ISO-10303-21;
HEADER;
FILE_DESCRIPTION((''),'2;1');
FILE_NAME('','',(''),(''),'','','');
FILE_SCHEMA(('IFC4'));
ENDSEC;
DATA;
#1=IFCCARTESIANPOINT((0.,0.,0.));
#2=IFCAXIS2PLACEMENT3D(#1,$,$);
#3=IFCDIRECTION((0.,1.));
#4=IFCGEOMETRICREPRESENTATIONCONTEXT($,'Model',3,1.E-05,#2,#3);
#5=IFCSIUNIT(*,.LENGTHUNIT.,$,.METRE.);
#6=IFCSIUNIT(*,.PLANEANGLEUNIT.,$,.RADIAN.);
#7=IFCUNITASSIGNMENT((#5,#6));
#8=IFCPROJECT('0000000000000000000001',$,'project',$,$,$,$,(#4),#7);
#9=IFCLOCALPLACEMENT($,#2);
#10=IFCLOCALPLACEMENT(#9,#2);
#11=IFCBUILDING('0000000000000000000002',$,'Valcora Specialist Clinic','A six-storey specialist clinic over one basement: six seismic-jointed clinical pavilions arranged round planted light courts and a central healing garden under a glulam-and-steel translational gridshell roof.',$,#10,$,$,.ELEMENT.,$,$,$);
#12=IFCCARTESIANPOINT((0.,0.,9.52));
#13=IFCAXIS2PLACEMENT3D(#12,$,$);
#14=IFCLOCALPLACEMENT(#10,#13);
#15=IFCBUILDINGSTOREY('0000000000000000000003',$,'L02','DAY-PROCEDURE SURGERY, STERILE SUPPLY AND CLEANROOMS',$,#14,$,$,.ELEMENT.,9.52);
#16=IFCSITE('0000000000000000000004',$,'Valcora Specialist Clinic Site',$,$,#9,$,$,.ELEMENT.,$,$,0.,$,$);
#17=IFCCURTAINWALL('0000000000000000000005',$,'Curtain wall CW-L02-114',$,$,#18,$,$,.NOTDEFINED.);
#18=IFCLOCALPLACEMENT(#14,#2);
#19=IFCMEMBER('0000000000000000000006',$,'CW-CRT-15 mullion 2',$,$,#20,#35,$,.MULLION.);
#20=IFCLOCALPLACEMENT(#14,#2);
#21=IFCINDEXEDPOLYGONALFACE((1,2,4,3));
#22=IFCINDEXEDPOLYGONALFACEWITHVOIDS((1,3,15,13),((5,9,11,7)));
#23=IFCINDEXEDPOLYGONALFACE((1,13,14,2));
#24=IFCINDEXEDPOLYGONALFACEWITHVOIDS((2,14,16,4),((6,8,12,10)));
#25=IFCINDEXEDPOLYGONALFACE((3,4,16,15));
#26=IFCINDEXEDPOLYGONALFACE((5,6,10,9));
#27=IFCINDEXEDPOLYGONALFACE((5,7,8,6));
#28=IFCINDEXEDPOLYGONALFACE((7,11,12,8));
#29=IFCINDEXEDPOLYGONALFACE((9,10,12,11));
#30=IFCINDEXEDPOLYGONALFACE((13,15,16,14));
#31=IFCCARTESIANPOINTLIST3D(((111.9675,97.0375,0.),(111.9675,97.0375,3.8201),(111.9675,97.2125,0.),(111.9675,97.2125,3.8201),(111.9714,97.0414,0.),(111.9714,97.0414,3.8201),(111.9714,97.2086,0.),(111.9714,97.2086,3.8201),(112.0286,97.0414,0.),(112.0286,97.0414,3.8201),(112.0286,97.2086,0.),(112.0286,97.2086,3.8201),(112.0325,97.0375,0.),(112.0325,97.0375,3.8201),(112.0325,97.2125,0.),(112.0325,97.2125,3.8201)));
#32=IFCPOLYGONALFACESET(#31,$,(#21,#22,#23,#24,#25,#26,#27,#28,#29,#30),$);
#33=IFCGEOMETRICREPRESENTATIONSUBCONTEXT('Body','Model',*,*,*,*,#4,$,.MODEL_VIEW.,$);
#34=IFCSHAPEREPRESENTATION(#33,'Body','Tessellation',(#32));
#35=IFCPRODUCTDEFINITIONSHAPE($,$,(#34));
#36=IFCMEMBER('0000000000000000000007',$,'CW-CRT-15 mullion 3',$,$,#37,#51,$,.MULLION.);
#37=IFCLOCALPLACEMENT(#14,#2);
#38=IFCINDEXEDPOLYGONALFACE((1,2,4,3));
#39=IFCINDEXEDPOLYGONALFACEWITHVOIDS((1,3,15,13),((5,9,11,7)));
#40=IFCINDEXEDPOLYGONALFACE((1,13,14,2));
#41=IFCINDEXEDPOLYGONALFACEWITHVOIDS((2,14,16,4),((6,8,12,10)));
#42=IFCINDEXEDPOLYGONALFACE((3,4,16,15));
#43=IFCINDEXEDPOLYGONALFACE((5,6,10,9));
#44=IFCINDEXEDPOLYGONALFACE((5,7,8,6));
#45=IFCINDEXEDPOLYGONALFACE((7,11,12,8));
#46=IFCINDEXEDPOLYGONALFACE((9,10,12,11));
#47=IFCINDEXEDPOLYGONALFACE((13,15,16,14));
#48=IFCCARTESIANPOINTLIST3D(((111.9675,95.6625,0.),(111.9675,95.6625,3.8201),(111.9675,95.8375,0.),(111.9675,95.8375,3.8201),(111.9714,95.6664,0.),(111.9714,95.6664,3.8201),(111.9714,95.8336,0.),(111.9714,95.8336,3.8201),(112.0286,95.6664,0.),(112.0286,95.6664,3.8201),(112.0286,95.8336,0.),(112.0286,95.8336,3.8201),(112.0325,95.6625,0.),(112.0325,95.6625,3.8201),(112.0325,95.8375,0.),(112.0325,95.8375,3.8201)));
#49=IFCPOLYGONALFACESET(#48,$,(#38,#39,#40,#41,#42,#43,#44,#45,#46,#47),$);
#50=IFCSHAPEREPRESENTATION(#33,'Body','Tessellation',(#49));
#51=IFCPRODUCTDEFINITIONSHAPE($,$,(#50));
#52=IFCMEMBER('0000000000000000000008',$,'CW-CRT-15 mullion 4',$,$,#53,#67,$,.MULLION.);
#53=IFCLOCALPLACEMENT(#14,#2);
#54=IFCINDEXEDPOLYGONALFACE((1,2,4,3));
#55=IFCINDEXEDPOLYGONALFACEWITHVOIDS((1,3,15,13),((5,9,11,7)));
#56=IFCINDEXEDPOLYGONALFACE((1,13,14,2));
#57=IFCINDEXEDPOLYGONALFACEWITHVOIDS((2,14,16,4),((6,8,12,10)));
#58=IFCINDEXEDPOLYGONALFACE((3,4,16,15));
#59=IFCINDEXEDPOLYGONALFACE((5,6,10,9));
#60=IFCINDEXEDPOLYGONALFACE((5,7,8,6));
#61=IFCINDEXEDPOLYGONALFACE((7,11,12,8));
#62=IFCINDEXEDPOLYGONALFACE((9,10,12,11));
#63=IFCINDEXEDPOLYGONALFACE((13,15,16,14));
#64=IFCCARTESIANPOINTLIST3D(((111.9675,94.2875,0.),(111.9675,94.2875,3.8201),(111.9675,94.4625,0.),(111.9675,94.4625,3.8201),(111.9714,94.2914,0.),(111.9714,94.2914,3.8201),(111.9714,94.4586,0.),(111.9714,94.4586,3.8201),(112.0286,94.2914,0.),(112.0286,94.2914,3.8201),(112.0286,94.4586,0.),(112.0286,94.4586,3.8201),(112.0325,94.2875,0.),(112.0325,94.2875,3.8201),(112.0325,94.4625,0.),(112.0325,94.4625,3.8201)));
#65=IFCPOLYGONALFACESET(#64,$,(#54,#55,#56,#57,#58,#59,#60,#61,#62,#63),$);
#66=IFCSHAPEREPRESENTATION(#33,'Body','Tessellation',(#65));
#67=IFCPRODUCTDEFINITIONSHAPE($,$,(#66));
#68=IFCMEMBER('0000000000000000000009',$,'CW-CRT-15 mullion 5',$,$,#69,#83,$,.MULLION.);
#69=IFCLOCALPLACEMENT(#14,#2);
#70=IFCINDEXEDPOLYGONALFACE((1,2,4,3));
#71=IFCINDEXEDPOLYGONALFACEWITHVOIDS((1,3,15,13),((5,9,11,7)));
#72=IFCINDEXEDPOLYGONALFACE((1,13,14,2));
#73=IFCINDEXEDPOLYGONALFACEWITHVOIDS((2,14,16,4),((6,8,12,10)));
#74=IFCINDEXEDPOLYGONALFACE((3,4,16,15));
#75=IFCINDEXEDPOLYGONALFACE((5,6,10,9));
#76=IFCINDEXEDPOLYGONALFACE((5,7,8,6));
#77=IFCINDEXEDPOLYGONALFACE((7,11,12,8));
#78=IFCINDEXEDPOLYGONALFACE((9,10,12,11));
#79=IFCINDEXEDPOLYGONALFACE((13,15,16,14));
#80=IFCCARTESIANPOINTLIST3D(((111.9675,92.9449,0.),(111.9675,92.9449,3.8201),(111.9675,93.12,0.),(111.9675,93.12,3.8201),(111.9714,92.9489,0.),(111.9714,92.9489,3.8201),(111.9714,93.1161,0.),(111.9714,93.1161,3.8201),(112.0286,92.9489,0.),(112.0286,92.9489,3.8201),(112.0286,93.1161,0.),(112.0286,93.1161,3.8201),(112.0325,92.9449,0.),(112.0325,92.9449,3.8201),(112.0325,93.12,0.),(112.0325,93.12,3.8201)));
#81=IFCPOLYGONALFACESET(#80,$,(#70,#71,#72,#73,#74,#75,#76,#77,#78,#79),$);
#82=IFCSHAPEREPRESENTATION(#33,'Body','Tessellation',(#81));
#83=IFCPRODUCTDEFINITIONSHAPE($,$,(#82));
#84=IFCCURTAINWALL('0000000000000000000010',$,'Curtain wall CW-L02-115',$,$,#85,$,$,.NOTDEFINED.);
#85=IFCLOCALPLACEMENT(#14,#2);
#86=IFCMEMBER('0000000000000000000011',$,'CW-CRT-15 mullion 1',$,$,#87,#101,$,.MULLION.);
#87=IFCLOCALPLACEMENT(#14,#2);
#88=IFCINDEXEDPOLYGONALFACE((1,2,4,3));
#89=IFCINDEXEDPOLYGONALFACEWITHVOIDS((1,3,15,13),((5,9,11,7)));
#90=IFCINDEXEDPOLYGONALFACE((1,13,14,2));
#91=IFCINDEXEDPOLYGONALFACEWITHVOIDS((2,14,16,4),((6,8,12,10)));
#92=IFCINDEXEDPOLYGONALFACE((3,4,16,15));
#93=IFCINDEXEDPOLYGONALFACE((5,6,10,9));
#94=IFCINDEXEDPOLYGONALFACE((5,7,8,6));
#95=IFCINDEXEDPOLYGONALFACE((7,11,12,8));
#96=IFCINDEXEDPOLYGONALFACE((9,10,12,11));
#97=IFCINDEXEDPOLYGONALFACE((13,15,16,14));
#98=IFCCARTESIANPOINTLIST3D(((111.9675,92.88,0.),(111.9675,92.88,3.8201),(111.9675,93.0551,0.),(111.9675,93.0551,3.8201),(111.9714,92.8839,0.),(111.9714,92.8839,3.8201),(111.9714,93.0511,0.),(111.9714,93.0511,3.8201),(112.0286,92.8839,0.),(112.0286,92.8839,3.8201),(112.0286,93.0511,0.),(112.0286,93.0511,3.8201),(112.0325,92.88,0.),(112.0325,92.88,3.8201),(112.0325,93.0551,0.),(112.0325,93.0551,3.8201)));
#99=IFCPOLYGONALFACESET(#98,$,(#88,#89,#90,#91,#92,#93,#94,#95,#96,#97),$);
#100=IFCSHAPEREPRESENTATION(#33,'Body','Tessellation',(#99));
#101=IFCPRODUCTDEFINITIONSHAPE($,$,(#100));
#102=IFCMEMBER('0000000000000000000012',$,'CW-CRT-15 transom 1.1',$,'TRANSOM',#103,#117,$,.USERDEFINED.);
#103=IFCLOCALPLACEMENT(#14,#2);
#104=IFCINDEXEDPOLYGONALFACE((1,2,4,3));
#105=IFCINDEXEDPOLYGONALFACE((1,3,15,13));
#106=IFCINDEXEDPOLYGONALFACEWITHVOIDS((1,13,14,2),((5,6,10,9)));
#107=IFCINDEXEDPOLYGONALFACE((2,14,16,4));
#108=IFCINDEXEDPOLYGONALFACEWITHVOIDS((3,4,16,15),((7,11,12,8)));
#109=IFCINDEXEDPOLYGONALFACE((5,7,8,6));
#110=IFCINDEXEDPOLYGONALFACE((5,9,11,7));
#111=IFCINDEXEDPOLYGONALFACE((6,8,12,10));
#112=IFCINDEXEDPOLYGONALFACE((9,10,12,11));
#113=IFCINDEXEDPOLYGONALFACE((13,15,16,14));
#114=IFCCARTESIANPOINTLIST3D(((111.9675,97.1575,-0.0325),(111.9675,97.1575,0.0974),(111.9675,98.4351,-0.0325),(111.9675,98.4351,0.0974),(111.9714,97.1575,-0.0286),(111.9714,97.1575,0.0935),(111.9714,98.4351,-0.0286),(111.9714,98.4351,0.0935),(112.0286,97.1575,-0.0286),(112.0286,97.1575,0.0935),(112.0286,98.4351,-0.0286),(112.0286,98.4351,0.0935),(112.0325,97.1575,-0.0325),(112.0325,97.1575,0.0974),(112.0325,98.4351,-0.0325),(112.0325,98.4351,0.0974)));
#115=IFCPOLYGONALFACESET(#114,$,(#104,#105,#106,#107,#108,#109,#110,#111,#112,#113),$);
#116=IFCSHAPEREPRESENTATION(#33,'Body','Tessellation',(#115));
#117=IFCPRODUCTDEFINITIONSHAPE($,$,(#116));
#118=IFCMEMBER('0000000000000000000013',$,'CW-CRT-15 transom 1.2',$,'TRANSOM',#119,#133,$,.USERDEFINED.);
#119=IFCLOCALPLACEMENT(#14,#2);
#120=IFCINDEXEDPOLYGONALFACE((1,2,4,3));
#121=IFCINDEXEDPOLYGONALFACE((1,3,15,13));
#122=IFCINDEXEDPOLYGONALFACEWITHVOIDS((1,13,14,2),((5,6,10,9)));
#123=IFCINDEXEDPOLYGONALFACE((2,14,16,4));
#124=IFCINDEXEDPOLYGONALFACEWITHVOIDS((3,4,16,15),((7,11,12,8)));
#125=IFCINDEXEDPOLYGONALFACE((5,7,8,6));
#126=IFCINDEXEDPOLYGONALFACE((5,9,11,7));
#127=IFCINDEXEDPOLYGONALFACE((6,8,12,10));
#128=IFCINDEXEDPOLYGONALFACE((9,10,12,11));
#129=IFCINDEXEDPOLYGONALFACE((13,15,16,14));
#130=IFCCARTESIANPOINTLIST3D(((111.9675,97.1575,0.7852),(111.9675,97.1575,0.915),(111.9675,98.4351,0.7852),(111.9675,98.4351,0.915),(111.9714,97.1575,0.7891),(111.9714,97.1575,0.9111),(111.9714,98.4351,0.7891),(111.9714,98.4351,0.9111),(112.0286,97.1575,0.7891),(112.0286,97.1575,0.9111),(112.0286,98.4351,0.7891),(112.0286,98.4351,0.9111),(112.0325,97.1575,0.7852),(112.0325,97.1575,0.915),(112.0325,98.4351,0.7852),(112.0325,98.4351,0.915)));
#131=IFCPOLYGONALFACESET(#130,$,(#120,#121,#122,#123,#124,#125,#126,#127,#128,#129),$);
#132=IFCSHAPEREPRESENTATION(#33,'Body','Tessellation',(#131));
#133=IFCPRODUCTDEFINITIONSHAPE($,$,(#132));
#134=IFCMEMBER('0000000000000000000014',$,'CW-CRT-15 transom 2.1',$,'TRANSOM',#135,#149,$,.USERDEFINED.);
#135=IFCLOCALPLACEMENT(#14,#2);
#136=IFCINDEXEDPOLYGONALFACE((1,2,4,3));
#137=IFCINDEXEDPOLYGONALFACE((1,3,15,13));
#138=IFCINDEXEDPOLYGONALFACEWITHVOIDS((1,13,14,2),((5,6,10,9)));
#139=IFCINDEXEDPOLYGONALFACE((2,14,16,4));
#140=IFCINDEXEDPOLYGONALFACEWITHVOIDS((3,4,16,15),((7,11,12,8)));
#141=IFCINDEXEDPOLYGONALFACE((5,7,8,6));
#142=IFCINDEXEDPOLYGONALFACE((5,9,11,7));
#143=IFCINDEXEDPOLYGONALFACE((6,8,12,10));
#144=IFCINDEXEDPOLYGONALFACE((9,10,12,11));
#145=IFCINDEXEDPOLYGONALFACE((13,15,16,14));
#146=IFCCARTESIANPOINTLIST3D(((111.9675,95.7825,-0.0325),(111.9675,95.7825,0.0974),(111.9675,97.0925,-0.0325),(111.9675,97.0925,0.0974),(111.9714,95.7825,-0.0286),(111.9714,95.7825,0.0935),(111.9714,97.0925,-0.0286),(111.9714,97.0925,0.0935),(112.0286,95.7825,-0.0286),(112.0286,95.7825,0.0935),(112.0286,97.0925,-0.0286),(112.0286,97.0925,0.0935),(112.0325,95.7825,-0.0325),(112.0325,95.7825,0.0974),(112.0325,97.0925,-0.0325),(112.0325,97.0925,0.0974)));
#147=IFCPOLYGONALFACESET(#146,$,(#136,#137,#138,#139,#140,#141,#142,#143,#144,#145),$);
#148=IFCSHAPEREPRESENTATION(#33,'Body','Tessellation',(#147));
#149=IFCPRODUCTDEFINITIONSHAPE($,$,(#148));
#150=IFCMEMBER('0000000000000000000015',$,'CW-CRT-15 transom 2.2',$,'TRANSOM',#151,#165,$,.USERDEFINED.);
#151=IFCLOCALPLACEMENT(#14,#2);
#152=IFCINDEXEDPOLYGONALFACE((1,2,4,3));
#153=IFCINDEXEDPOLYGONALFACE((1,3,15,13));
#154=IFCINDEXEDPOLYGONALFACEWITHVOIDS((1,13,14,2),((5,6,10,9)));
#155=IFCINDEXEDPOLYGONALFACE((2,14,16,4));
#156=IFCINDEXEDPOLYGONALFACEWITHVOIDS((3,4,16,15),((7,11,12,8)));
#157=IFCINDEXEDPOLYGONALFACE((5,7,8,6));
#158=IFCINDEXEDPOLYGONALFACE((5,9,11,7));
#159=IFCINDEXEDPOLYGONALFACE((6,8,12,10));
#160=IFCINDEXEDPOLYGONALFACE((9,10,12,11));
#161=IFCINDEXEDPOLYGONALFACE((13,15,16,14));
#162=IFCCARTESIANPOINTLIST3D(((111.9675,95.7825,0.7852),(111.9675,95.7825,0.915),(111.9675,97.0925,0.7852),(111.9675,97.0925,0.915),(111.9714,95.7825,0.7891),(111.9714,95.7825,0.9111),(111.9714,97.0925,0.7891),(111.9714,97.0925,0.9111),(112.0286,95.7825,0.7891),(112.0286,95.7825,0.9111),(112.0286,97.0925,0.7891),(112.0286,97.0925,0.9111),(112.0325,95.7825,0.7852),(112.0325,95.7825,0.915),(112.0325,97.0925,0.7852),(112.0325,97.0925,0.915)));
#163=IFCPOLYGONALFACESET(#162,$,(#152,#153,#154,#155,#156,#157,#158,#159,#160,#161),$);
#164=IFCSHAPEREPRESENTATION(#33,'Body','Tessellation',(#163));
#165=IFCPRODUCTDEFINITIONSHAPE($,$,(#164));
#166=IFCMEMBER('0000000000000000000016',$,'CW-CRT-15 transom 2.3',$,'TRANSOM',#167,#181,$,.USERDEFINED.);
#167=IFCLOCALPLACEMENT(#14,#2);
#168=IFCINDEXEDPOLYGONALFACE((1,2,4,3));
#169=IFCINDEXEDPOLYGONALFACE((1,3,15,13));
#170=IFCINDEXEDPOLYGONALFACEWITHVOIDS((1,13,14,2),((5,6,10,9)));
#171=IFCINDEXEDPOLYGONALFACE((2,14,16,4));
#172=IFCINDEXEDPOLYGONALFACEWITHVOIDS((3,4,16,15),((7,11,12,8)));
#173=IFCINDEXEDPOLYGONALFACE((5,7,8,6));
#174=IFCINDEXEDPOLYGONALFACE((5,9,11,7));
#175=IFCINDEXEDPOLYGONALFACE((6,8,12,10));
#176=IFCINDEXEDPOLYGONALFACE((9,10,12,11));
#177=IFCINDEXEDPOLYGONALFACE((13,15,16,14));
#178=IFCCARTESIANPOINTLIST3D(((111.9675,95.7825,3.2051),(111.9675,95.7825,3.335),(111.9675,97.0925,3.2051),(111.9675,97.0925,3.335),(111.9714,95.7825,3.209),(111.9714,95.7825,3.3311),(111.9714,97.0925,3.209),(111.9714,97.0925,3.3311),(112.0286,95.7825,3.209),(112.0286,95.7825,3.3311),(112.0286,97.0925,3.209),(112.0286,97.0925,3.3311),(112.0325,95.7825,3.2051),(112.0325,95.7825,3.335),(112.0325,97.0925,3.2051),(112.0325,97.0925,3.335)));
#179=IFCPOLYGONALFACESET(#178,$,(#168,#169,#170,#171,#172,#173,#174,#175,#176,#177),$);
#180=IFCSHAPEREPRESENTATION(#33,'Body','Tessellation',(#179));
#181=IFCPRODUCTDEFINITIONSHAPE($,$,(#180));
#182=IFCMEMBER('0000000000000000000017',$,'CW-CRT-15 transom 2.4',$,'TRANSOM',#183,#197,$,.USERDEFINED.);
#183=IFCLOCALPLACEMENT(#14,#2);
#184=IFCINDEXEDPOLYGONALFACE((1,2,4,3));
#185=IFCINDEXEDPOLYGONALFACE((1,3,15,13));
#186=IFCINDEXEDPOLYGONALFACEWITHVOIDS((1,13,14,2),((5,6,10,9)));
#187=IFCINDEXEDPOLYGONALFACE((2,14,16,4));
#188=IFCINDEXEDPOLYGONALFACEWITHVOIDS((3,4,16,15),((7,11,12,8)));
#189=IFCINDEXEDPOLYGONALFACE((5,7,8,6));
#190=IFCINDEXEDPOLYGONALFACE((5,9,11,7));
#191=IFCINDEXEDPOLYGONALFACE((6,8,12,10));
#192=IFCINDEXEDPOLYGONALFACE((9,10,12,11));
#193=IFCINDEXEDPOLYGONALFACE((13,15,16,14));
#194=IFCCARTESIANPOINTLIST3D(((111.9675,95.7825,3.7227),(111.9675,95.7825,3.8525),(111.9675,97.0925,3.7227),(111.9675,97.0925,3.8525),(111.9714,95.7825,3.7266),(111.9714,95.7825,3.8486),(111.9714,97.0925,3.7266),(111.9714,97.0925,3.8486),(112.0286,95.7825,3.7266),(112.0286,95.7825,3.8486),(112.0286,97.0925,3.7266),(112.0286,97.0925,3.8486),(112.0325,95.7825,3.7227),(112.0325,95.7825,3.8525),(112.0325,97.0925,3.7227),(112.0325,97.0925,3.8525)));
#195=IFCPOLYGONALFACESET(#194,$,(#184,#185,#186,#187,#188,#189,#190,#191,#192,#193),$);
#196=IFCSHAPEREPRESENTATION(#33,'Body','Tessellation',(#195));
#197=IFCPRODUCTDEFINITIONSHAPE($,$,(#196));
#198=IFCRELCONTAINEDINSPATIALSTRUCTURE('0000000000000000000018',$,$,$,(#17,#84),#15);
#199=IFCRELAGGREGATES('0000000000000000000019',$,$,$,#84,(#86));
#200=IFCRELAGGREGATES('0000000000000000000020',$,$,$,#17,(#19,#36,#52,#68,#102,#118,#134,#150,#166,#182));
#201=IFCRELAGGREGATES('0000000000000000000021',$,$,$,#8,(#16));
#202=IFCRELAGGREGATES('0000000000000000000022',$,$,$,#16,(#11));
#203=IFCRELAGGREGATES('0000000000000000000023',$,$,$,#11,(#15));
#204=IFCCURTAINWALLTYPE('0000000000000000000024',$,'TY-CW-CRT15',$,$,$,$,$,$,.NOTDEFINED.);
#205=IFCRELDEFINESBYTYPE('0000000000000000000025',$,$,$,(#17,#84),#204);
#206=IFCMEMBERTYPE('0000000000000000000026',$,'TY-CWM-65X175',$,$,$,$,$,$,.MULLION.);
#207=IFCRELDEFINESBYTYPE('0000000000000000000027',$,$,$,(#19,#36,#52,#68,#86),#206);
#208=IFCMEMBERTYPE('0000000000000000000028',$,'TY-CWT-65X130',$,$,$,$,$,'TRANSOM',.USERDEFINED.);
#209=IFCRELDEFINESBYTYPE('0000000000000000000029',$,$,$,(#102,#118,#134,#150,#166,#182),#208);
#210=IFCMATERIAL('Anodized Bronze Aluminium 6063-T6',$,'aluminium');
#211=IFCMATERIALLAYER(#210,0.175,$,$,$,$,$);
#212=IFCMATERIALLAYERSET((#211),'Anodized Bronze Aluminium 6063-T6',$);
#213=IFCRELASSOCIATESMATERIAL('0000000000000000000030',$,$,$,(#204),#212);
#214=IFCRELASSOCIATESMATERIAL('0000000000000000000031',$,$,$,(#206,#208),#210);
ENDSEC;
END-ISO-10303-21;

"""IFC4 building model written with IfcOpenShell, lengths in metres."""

from ifc_helpers import new_model, si_unit, direction, frame, origin, origin_2d, place, context, subcontext, project, spatial, hollow_rectangle, extrude, material, layer, layer_set, material_profile, profile_set, type_object, element, aggregate, save


model = new_model("IFC4")

# Units and contexts
model_context = context("Model", 3, precision=1e-05, world=origin(), true_north=direction((0.0, 1.0)))
body_context = subcontext(model_context, "Body", "Model", "MODEL_VIEW")
ifc_project = project(units=[si_unit("LENGTHUNIT", "METRE"), si_unit("PLANEANGLEUNIT", "RADIAN")], contexts=[model_context])

# Site, building, storey
site_placement = place(None, origin())
site = spatial("IfcSite", under=ifc_project, at=site_placement, Name="Valcora Specialist Clinic Site", CompositionType="ELEMENT", RefElevation=0.0)
building_placement = place(site_placement, origin())
building = spatial("IfcBuilding", under=site, at=building_placement, Name="Valcora Specialist Clinic", Description="A six-storey specialist clinic over one basement: six seismic-jointed clinical pavilions arranged round planted light courts and a central healing garden under a glulam-and-steel translational gridshell roof.", CompositionType="ELEMENT")
storey_placement = place(building_placement, frame((0.0, 0.0, 9.52)))
storey = spatial("IfcBuildingStorey", under=building, at=storey_placement, Name="L02", Description="DAY-PROCEDURE SURGERY, STERILE SUPPLY AND CLEANROOMS", CompositionType="ELEMENT", Elevation=9.52)

# Curtain wall, members
ifc_material_1 = material(Name="Anodized Bronze Aluminium 6063-T6", Category="aluminium")
ifc_layer_1 = layer(ifc_material_1, 0.175)
ifc_layer_set_1 = layer_set([ifc_layer_1], Name="Anodized Bronze Aluminium 6063-T6")
curtain_wall_type = type_object("IfcCurtainWallType", Name="TY-CW-CRT15", PredefinedType="NOTDEFINED", material=ifc_layer_set_1)
curtain_wall_1_placement = place(storey_placement, origin())
curtain_wall_1 = element("IfcCurtainWall", 1, at=curtain_wall_1_placement, inside=storey, type_object=curtain_wall_type, Name="Curtain wall CW-L02-114", PredefinedType="NOTDEFINED")
ifc_material_profile_1 = material_profile(ifc_material_1, hollow_rectangle(XDim=0.0649, YDim=0.175, WallThickness=0.0039, at=origin_2d()), Name="AL-MUL-65X175")
ifc_profile_set_1 = profile_set([ifc_material_profile_1], Name="Anodized Bronze Aluminium 6063-T6")
member_type_1 = type_object("IfcMemberType", Name="TY-CWM-65X175", PredefinedType="MULLION", material=ifc_profile_set_1)
member_1_placement = place(storey_placement, frame((112.0, 97.125, 0.0), z_axis=(0.0, 0.0, 1.0), x_axis=(1.0, 0.0, 0.0)))
member_1 = element("IfcMember", 2, at=member_1_placement, type_object=member_type_1, Name="CW-CRT-15 mullion 2", PredefinedType="MULLION", context=body_context, shape_type="SweptSolid", body=[
    extrude(hollow_rectangle(XDim=0.0649, YDim=0.175, WallThickness=0.0039, at=origin_2d()), origin(), (0.0, 0.0, 1.0), 3.8201),
])
member_2_placement = place(storey_placement, frame((112.0, 95.75, 0.0), z_axis=(0.0, 0.0, 1.0), x_axis=(1.0, 0.0, 0.0)))
member_2 = element("IfcMember", 3, at=member_2_placement, type_object=member_type_1, Name="CW-CRT-15 mullion 3", PredefinedType="MULLION", context=body_context, shape_type="SweptSolid", body=[
    extrude(hollow_rectangle(XDim=0.0649, YDim=0.175, WallThickness=0.0039, at=origin_2d()), origin(), (0.0, 0.0, 1.0), 3.8201),
])
member_3_placement = place(storey_placement, frame((112.0, 94.375, 0.0), z_axis=(0.0, 0.0, 1.0), x_axis=(1.0, 0.0, 0.0)))
member_3 = element("IfcMember", 4, at=member_3_placement, type_object=member_type_1, Name="CW-CRT-15 mullion 4", PredefinedType="MULLION", context=body_context, shape_type="SweptSolid", body=[
    extrude(hollow_rectangle(XDim=0.0649, YDim=0.175, WallThickness=0.0039, at=origin_2d()), origin(), (0.0, 0.0, 1.0), 3.8201),
])
member_4_placement = place(storey_placement, frame((112.0, 93.0325, 0.0), z_axis=(0.0, 0.0, 1.0), x_axis=(1.0, 0.0, 0.0)))
member_4 = element("IfcMember", 5, at=member_4_placement, type_object=member_type_1, Name="CW-CRT-15 mullion 5", PredefinedType="MULLION", context=body_context, shape_type="SweptSolid", body=[
    extrude(hollow_rectangle(XDim=0.0649, YDim=0.175, WallThickness=0.0039, at=origin_2d()), origin(), (0.0, 0.0, 1.0), 3.8201),
])

# Curtain wall, member
curtain_wall_2_placement = place(storey_placement, origin())
curtain_wall_2 = element("IfcCurtainWall", 6, at=curtain_wall_2_placement, inside=storey, type_object=curtain_wall_type, Name="Curtain wall CW-L02-115", PredefinedType="NOTDEFINED")
member_5_placement = place(storey_placement, frame((112.0, 92.9675, 0.0), z_axis=(0.0, 0.0, 1.0), x_axis=(1.0, 0.0, 0.0)))
member_5 = element("IfcMember", 7, at=member_5_placement, type_object=member_type_1, Name="CW-CRT-15 mullion 1", PredefinedType="MULLION", context=body_context, shape_type="SweptSolid", body=[
    extrude(hollow_rectangle(XDim=0.0649, YDim=0.175, WallThickness=0.0039, at=origin_2d()), origin(), (0.0, 0.0, 1.0), 3.8201),
])
aggregate(curtain_wall_2, [member_5])

# Members
ifc_material_profile_2 = material_profile(ifc_material_1, hollow_rectangle(XDim=0.0649, YDim=0.1299, WallThickness=0.0039, at=origin_2d()), Name="AL-TRN-65X130")
ifc_profile_set_2 = profile_set([ifc_material_profile_2], Name="Anodized Bronze Aluminium 6063-T6")
member_type_2 = type_object("IfcMemberType", Name="TY-CWT-65X130", ElementType="TRANSOM", PredefinedType="USERDEFINED", material=ifc_profile_set_2)
member_6_placement = place(storey_placement, frame((112.0, 98.4351, 0.0325), z_axis=(0.0, -1.0, 0.0), x_axis=(1.0, 0.0, 0.0)))
member_6 = element("IfcMember", 8, at=member_6_placement, type_object=member_type_2, Name="CW-CRT-15 transom 1.1", ObjectType="TRANSOM", PredefinedType="USERDEFINED", context=body_context, shape_type="SweptSolid", body=[
    extrude(hollow_rectangle(XDim=0.0649, YDim=0.1299, WallThickness=0.0039, at=origin_2d()), origin(), (0.0, 0.0, 1.0), 1.2776),
])
member_7_placement = place(storey_placement, frame((112.0, 98.4351, 0.8501), z_axis=(0.0, -1.0, 0.0), x_axis=(1.0, 0.0, 0.0)))
member_7 = element("IfcMember", 9, at=member_7_placement, type_object=member_type_2, Name="CW-CRT-15 transom 1.2", ObjectType="TRANSOM", PredefinedType="USERDEFINED", context=body_context, shape_type="SweptSolid", body=[
    extrude(hollow_rectangle(XDim=0.0649, YDim=0.1299, WallThickness=0.0039, at=origin_2d()), origin(), (0.0, 0.0, 1.0), 1.2776),
])
member_8_placement = place(storey_placement, frame((112.0, 97.0925, 0.0325), z_axis=(0.0, -1.0, 0.0), x_axis=(1.0, 0.0, 0.0)))
member_8 = element("IfcMember", 10, at=member_8_placement, type_object=member_type_2, Name="CW-CRT-15 transom 2.1", ObjectType="TRANSOM", PredefinedType="USERDEFINED", context=body_context, shape_type="SweptSolid", body=[
    extrude(hollow_rectangle(XDim=0.0649, YDim=0.1299, WallThickness=0.0039, at=origin_2d()), origin(), (0.0, 0.0, 1.0), 1.3101),
])
member_9_placement = place(storey_placement, frame((112.0, 97.0925, 0.8501), z_axis=(0.0, -1.0, 0.0), x_axis=(1.0, 0.0, 0.0)))
member_9 = element("IfcMember", 11, at=member_9_placement, type_object=member_type_2, Name="CW-CRT-15 transom 2.2", ObjectType="TRANSOM", PredefinedType="USERDEFINED", context=body_context, shape_type="SweptSolid", body=[
    extrude(hollow_rectangle(XDim=0.0649, YDim=0.1299, WallThickness=0.0039, at=origin_2d()), origin(), (0.0, 0.0, 1.0), 1.3101),
])
member_10_placement = place(storey_placement, frame((112.0, 97.0925, 3.27), z_axis=(0.0, -1.0, 0.0), x_axis=(1.0, 0.0, 0.0)))
member_10 = element("IfcMember", 12, at=member_10_placement, type_object=member_type_2, Name="CW-CRT-15 transom 2.3", ObjectType="TRANSOM", PredefinedType="USERDEFINED", context=body_context, shape_type="SweptSolid", body=[
    extrude(hollow_rectangle(XDim=0.0649, YDim=0.1299, WallThickness=0.0039, at=origin_2d()), origin(), (0.0, 0.0, 1.0), 1.3101),
])
member_11_placement = place(storey_placement, frame((112.0, 97.0925, 3.7876), z_axis=(0.0, -1.0, 0.0), x_axis=(1.0, 0.0, 0.0)))
member_11 = element("IfcMember", 13, at=member_11_placement, type_object=member_type_2, Name="CW-CRT-15 transom 2.4", ObjectType="TRANSOM", PredefinedType="USERDEFINED", context=body_context, shape_type="SweptSolid", body=[
    extrude(hollow_rectangle(XDim=0.0649, YDim=0.1299, WallThickness=0.0039, at=origin_2d()), origin(), (0.0, 0.0, 1.0), 1.3101),
])

aggregate(curtain_wall_1, [member_1, member_2, member_3, member_4, member_6, member_7, member_8, member_9, member_10, member_11])

save(model, "model.ifc")
